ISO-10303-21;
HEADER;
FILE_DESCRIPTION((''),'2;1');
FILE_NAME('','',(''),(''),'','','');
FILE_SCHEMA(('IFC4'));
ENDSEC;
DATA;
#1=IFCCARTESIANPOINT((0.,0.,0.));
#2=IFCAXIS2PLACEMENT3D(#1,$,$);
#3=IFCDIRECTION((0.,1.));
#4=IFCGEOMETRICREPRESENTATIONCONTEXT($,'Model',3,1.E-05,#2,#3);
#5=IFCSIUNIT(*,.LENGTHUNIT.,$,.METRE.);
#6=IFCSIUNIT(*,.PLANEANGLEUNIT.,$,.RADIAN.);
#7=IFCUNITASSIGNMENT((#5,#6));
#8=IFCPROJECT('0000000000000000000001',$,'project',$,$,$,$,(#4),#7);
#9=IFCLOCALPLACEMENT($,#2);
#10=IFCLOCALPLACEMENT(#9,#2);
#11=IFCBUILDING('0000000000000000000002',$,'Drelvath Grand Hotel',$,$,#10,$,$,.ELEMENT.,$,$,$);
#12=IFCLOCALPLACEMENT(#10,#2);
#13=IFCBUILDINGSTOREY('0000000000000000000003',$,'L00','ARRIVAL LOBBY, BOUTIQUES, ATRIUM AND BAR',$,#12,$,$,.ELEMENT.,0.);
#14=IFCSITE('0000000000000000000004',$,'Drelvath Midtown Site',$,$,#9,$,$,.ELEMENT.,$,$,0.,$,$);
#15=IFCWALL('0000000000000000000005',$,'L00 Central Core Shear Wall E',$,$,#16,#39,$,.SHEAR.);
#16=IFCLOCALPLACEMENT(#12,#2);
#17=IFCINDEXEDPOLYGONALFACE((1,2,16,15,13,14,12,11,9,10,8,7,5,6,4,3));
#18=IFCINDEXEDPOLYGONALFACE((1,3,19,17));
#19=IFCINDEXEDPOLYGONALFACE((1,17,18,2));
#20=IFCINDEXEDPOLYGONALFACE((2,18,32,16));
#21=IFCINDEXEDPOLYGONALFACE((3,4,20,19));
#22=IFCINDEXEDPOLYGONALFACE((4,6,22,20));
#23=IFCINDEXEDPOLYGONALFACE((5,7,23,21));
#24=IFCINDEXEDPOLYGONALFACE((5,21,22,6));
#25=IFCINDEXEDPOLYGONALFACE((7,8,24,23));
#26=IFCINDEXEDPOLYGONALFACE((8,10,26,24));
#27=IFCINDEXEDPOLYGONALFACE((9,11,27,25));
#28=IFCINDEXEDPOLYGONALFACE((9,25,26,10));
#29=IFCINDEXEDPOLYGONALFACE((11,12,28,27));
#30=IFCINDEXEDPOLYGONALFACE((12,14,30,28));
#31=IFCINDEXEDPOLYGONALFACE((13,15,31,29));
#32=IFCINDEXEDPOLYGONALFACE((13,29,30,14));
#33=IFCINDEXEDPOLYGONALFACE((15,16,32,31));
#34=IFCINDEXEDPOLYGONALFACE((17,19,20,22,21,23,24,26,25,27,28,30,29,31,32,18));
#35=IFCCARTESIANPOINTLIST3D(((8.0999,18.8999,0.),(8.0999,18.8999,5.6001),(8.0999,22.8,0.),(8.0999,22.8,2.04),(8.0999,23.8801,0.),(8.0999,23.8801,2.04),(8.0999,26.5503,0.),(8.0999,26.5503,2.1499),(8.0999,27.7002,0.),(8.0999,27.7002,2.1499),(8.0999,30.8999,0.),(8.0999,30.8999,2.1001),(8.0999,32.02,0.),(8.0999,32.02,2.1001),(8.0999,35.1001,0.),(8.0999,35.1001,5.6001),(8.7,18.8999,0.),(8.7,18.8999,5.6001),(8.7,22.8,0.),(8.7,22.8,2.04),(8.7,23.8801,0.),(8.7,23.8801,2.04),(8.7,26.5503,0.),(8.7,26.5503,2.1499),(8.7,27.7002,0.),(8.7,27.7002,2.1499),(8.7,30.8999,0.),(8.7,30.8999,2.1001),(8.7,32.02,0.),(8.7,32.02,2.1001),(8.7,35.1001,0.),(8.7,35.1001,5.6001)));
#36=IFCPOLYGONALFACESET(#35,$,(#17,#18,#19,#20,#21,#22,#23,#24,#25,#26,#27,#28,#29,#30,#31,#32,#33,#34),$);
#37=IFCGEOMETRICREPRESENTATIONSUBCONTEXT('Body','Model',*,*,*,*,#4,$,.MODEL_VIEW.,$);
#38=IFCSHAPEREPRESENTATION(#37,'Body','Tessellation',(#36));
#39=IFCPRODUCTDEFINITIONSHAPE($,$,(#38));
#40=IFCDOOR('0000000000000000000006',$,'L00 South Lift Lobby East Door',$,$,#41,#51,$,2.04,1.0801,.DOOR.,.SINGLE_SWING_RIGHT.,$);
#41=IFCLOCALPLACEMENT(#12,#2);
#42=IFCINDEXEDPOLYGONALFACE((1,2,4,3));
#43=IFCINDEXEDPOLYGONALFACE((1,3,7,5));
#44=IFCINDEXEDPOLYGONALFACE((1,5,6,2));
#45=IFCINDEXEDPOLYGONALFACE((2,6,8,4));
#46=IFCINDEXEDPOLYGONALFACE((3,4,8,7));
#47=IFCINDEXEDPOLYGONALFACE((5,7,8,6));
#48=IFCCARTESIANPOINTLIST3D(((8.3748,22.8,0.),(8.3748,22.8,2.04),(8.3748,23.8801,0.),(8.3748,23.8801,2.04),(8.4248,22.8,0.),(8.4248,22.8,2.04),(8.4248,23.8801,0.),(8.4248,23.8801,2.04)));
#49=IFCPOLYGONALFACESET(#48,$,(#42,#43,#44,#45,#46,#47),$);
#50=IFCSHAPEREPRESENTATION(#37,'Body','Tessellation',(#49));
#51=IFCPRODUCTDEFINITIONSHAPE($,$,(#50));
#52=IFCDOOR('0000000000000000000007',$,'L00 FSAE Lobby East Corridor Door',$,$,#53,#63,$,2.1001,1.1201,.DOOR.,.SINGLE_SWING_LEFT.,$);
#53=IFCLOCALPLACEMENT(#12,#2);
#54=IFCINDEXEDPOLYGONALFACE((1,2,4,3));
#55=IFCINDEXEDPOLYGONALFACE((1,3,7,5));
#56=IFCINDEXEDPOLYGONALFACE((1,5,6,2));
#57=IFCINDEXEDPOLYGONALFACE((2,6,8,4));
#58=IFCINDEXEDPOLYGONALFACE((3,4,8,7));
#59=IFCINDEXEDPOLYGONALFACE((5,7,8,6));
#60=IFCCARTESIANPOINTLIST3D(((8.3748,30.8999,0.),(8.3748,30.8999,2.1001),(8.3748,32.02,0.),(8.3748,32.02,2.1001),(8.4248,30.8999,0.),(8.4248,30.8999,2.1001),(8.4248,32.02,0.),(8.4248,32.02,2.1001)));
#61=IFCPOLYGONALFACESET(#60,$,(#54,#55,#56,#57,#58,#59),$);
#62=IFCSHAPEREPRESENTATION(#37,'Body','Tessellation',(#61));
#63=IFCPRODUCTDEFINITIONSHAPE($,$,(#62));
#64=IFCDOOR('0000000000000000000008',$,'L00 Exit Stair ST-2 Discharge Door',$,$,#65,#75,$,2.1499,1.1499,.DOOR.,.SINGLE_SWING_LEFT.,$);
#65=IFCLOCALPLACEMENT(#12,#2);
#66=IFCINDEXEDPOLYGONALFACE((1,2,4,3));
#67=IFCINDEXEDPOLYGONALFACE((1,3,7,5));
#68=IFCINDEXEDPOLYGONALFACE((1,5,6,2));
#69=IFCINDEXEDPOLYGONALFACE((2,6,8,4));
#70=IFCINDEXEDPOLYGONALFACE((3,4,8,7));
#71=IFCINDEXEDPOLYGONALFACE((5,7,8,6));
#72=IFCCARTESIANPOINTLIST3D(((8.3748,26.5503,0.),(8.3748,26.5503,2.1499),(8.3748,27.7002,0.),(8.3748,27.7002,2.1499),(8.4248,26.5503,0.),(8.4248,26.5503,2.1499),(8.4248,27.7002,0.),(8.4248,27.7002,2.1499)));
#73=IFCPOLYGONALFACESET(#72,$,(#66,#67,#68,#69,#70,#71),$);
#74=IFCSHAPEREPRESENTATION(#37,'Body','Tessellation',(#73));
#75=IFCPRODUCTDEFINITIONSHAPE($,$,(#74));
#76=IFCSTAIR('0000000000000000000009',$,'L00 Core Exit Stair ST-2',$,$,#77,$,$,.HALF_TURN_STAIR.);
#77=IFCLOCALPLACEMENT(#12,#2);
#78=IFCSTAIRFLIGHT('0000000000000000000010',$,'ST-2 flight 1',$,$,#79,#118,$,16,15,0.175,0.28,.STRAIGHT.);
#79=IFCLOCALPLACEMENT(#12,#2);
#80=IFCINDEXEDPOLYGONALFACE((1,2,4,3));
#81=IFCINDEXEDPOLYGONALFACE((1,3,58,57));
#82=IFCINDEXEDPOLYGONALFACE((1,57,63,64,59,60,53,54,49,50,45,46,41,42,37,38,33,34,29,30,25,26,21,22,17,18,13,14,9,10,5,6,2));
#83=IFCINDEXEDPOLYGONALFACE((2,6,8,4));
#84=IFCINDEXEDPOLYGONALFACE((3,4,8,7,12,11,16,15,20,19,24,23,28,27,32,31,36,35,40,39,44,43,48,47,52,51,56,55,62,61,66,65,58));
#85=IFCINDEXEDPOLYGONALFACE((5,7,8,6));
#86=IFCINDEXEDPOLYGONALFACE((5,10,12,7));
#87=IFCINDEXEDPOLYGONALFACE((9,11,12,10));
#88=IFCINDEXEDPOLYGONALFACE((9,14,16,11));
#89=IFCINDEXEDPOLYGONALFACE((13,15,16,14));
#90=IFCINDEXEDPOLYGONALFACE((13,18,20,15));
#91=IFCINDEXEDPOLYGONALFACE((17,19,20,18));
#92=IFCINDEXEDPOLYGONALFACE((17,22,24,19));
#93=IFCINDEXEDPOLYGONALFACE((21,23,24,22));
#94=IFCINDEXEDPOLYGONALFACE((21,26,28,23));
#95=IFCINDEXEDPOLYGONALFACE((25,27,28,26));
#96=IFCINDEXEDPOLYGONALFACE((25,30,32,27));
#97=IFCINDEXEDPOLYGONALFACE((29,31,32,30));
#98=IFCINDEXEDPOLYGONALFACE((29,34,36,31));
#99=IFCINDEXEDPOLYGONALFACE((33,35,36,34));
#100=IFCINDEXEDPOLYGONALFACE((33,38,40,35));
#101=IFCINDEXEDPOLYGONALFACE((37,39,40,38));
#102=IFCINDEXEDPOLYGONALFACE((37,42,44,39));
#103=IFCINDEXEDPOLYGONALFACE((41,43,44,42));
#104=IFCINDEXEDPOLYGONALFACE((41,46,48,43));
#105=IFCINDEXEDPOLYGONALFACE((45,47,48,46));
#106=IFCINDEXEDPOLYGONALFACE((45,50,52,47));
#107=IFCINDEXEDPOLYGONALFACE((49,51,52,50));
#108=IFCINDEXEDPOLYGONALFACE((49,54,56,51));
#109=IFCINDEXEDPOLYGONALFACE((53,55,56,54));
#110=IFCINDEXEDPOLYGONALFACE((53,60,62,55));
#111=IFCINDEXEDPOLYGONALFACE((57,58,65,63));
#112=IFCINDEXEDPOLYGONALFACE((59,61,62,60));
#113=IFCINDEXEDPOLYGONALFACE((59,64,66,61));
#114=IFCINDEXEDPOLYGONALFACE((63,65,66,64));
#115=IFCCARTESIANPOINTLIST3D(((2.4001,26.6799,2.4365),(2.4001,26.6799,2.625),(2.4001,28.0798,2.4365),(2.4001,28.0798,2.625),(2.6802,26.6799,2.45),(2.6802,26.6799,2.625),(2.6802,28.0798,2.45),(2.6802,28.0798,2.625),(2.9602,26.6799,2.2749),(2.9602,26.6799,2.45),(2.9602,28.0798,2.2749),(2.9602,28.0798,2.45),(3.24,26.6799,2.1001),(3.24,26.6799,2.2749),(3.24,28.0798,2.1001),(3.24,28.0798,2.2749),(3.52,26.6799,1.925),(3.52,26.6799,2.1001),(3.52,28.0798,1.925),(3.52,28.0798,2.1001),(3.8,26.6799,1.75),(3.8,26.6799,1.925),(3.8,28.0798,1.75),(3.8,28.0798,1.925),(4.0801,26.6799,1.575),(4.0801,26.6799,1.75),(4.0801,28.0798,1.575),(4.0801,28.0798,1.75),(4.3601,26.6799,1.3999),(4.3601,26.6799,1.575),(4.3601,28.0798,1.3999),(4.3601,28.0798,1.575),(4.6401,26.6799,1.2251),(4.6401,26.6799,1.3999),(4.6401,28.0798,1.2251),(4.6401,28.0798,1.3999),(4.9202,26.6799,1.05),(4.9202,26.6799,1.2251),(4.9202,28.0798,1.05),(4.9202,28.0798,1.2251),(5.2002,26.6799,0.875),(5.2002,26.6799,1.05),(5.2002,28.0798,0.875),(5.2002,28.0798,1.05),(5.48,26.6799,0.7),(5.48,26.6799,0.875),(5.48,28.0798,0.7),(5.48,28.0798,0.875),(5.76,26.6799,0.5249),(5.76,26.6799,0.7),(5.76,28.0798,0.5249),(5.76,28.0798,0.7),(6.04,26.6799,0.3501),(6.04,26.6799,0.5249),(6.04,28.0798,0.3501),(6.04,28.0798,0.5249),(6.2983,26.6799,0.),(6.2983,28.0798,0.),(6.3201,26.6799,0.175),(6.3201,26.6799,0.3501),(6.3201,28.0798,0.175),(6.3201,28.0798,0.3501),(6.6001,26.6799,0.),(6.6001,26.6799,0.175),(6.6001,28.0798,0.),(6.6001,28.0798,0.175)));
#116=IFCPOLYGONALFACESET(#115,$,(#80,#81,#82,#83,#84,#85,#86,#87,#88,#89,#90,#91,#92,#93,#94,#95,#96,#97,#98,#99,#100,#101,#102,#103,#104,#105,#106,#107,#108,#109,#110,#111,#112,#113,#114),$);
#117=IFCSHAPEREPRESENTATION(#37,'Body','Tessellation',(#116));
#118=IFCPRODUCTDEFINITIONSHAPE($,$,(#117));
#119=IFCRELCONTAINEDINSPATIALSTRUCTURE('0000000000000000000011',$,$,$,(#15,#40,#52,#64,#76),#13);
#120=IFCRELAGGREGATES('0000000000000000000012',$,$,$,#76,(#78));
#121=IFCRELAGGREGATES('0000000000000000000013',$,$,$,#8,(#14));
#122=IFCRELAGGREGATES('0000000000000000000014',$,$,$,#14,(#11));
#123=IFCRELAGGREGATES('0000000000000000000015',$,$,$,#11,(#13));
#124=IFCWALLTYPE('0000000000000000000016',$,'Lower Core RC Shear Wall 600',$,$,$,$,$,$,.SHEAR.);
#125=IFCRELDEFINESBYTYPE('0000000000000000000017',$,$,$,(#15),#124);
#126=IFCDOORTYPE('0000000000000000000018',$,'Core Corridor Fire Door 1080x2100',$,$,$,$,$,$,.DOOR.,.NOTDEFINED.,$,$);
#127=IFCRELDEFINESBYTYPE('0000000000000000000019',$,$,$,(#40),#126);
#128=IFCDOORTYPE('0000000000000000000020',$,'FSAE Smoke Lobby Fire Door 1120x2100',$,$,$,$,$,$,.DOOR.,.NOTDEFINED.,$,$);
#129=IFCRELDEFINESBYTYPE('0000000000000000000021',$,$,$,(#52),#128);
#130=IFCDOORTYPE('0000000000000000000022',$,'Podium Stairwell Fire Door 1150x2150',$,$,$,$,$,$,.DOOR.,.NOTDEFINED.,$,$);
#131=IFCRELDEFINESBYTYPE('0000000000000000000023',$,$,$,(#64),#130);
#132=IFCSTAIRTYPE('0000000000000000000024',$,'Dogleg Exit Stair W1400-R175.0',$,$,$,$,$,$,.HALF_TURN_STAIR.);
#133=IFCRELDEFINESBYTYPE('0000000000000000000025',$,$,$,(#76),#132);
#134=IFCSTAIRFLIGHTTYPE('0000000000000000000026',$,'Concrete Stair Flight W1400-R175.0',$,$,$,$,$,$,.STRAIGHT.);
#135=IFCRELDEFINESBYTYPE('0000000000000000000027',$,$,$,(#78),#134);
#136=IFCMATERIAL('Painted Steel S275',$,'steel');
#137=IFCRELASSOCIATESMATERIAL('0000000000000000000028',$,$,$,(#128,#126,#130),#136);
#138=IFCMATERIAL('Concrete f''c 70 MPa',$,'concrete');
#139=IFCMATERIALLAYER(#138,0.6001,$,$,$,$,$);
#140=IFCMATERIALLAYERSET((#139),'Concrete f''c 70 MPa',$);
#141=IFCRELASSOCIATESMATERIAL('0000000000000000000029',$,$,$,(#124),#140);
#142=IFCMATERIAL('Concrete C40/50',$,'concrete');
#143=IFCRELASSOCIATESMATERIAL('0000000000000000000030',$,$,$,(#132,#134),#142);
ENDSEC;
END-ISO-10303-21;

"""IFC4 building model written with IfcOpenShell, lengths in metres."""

from ifc_helpers import new_model, si_unit, direction, frame, frame_2d, origin, place, context, subcontext, project, spatial, polyline, rectangle, outline, extrude, material, layer, layer_set, type_object, element, fill, aggregate, save


model = new_model("IFC4")

# Units and contexts
model_context = context("Model", 3, precision=1e-05, world=origin(), true_north=direction((0.0, 1.0)))
body_context = subcontext(model_context, "Body", "Model", "MODEL_VIEW")
ifc_project = project(units=[si_unit("LENGTHUNIT", "METRE"), si_unit("PLANEANGLEUNIT", "RADIAN")], contexts=[model_context])

# Site, building, storey
site_placement = place(None, origin())
site = spatial("IfcSite", under=ifc_project, at=site_placement, Name="Drelvath Midtown Site", CompositionType="ELEMENT", RefElevation=0.0)
building_placement = place(site_placement, origin())
building = spatial("IfcBuilding", under=site, at=building_placement, Name="Drelvath Grand Hotel", CompositionType="ELEMENT")
storey_placement = place(building_placement, origin())
storey = spatial("IfcBuildingStorey", under=building, at=storey_placement, Name="L00", Description="ARRIVAL LOBBY, BOUTIQUES, ATRIUM AND BAR", CompositionType="ELEMENT", Elevation=0.0)

# Shared definitions
ifc_material_1 = material(Name="Concrete f'c 70 MPa", Category="concrete")

# Shared definitions
ifc_material_2 = material(Name="Concrete C40/50", Category="concrete")

# Shared definitions
ifc_material_3 = material(Name="Painted Steel S275", Category="steel")

# Shared definitions
door_type_1 = type_object("IfcDoorType", Name="FSAE Smoke Lobby Fire Door 1120x2100", OperationType="NOTDEFINED", PredefinedType="DOOR", material=ifc_material_3)

# Wall, openings, doors
ifc_layer_1 = layer(ifc_material_1, 0.6001)
ifc_layer_set_1 = layer_set([ifc_layer_1], Name="Concrete f'c 70 MPa")
wall_type_1 = type_object("IfcWallType", Name="Lower Core RC Shear Wall 600", PredefinedType="SHEAR", material=ifc_layer_set_1)
wall_1_placement = place(storey_placement, frame((8.3999, 35.1001, 0.0), z_axis=(0.0, 0.0, 1.0), x_axis=(0.0, -1.0, 0.0)))
wall_1 = element("IfcWall", 1, at=wall_1_placement, inside=storey, type_object=wall_type_1, Name="L00 Central Core Shear Wall E", PredefinedType="SHEAR", context=body_context, shape_type="SweptSolid", body=[
    extrude(rectangle(XDim=16.2002, YDim=0.6001, at=frame_2d((8.1001, 0.0))), origin(), (0.0, 0.0, 1.0), 5.6001),
])
opening_1_placement = place(wall_1_placement, frame((7.3999, 0.0, 0.0)))
opening_1 = element("IfcOpeningElement", 2, at=opening_1_placement, cuts=wall_1, PredefinedType="OPENING", context=body_context, shape_type="SweptSolid", body=[
    extrude(rectangle(XDim=1.1499, YDim=2.1499, at=frame_2d((0.575, 1.075))), frame((0.0, 0.3101, 0.0), z_axis=(0.0, -1.0, 0.0), x_axis=(1.0, 0.0, 0.0)), (0.0, 0.0, 1.0), 0.6201),
])
opening_2_placement = place(wall_1_placement, frame((3.0801, 0.0, 0.0)))
opening_2 = element("IfcOpeningElement", 3, at=opening_2_placement, cuts=wall_1, PredefinedType="OPENING", context=body_context, shape_type="SweptSolid", body=[
    extrude(rectangle(XDim=1.1201, YDim=2.1001, at=frame_2d((0.5601, 1.05))), frame((0.0, 0.3101, 0.0), z_axis=(0.0, -1.0, 0.0), x_axis=(1.0, 0.0, 0.0)), (0.0, 0.0, 1.0), 0.6201),
])
opening_3_placement = place(wall_1_placement, frame((11.22, 0.0, 0.0)))
opening_3 = element("IfcOpeningElement", 4, at=opening_3_placement, cuts=wall_1, PredefinedType="OPENING", context=body_context, shape_type="SweptSolid", body=[
    extrude(rectangle(XDim=1.0801, YDim=2.04, at=frame_2d((0.54, 1.02))), frame((0.0, 0.3101, 0.0), z_axis=(0.0, -1.0, 0.0), x_axis=(1.0, 0.0, 0.0)), (0.0, 0.0, 1.0), 0.6201),
])
door_type_2 = type_object("IfcDoorType", Name="Core Corridor Fire Door 1080x2100", OperationType="NOTDEFINED", PredefinedType="DOOR", material=ifc_material_3)
door_1_placement = place(opening_3_placement, origin())
door_1 = element("IfcDoor", 5, at=door_1_placement, inside=storey, type_object=door_type_2, Name="L00 South Lift Lobby East Door", OperationType="SINGLE_SWING_RIGHT", OverallHeight=2.04, OverallWidth=1.0801, PredefinedType="DOOR", context=body_context, shape_type="SweptSolid", body=[
    extrude(rectangle(XDim=1.0801, YDim=2.04, at=frame_2d((0.54, 1.02))), frame((0.0, 0.0249, 0.0), z_axis=(0.0, -1.0, 0.0), x_axis=(1.0, 0.0, 0.0)), (0.0, 0.0, 1.0), 0.05),
])
fill(opening_3, door_1)
door_2_placement = place(opening_2_placement, origin())
door_2 = element("IfcDoor", 6, at=door_2_placement, inside=storey, type_object=door_type_1, Name="L00 FSAE Lobby East Corridor Door", OperationType="SINGLE_SWING_LEFT", OverallHeight=2.1001, OverallWidth=1.1201, PredefinedType="DOOR", context=body_context, shape_type="SweptSolid", body=[
    extrude(rectangle(XDim=1.1201, YDim=2.1001, at=frame_2d((0.5601, 1.05))), frame((0.0, 0.0249, 0.0), z_axis=(0.0, -1.0, 0.0), x_axis=(1.0, 0.0, 0.0)), (0.0, 0.0, 1.0), 0.05),
])
fill(opening_2, door_2)
door_type_3 = type_object("IfcDoorType", Name="Podium Stairwell Fire Door 1150x2150", OperationType="NOTDEFINED", PredefinedType="DOOR", material=ifc_material_3)
door_3_placement = place(opening_1_placement, origin())
door_3 = element("IfcDoor", 7, at=door_3_placement, inside=storey, type_object=door_type_3, Name="L00 Exit Stair ST-2 Discharge Door", OperationType="SINGLE_SWING_LEFT", OverallHeight=2.1499, OverallWidth=1.1499, PredefinedType="DOOR", context=body_context, shape_type="SweptSolid", body=[
    extrude(rectangle(XDim=1.1499, YDim=2.1499, at=frame_2d((0.575, 1.075))), frame((0.0, 0.0249, 0.0), z_axis=(0.0, -1.0, 0.0), x_axis=(1.0, 0.0, 0.0)), (0.0, 0.0, 1.0), 0.05),
])
fill(opening_1, door_3)

# Stair, stair flight
stair_type = type_object("IfcStairType", Name="Dogleg Exit Stair W1400-R175.0", PredefinedType="HALF_TURN_STAIR", material=ifc_material_2)
stair_placement = place(storey_placement, origin())
stair = element("IfcStair", 8, at=stair_placement, inside=storey, type_object=stair_type, Name="L00 Core Exit Stair ST-2", PredefinedType="HALF_TURN_STAIR")
stair_flight_type = type_object("IfcStairFlightType", Name="Concrete Stair Flight W1400-R175.0", PredefinedType="STRAIGHT", material=ifc_material_2)
stair_flight_placement = place(storey_placement, frame((6.6001, 27.3799, 0.0), z_axis=(0.0, 0.0, 1.0), x_axis=(-1.0, 0.0, 0.0)))
stair_flight = element("IfcStairFlight", 9, at=stair_flight_placement, type_object=stair_flight_type, Name="ST-2 flight 1", NumberOfRisers=16, NumberOfTreads=15, PredefinedType="STRAIGHT", RiserHeight=0.175, TreadLength=0.28, context=body_context, shape_type="SweptSolid", body=[
    extrude(outline(polyline([(0.0, 0.0), (0.0, 0.175), (0.28, 0.175), (0.28, 0.3501), (0.5601, 0.3501), (0.5601, 0.5249), (0.8401, 0.5249), (0.8401, 0.7), (1.1201, 0.7), (1.1201, 0.875), (1.3999, 0.875), (1.3999, 1.05), (1.6799, 1.05), (1.6799, 1.2251), (1.96, 1.2251), (1.96, 1.3999), (2.24, 1.3999), (2.24, 1.575), (2.52, 1.575), (2.52, 1.75), (2.8, 1.75), (2.8, 1.925), (3.0801, 1.925), (3.0801, 2.1001), (3.3601, 2.1001), (3.3601, 2.2749), (3.6399, 2.2749), (3.6399, 2.45), (3.9199, 2.45), (3.9199, 2.625), (4.2, 2.625), (4.2, 2.8), (4.2, 2.4365), (0.3018, 0.0), (0.0, 0.0)])), frame((0.0, 0.7, 0.0), z_axis=(0.0, -1.0, 0.0), x_axis=(1.0, 0.0, 0.0)), (0.0, 0.0, 1.0), 1.3999),
])
aggregate(stair, [stair_flight])

save(model, "model.ifc")
